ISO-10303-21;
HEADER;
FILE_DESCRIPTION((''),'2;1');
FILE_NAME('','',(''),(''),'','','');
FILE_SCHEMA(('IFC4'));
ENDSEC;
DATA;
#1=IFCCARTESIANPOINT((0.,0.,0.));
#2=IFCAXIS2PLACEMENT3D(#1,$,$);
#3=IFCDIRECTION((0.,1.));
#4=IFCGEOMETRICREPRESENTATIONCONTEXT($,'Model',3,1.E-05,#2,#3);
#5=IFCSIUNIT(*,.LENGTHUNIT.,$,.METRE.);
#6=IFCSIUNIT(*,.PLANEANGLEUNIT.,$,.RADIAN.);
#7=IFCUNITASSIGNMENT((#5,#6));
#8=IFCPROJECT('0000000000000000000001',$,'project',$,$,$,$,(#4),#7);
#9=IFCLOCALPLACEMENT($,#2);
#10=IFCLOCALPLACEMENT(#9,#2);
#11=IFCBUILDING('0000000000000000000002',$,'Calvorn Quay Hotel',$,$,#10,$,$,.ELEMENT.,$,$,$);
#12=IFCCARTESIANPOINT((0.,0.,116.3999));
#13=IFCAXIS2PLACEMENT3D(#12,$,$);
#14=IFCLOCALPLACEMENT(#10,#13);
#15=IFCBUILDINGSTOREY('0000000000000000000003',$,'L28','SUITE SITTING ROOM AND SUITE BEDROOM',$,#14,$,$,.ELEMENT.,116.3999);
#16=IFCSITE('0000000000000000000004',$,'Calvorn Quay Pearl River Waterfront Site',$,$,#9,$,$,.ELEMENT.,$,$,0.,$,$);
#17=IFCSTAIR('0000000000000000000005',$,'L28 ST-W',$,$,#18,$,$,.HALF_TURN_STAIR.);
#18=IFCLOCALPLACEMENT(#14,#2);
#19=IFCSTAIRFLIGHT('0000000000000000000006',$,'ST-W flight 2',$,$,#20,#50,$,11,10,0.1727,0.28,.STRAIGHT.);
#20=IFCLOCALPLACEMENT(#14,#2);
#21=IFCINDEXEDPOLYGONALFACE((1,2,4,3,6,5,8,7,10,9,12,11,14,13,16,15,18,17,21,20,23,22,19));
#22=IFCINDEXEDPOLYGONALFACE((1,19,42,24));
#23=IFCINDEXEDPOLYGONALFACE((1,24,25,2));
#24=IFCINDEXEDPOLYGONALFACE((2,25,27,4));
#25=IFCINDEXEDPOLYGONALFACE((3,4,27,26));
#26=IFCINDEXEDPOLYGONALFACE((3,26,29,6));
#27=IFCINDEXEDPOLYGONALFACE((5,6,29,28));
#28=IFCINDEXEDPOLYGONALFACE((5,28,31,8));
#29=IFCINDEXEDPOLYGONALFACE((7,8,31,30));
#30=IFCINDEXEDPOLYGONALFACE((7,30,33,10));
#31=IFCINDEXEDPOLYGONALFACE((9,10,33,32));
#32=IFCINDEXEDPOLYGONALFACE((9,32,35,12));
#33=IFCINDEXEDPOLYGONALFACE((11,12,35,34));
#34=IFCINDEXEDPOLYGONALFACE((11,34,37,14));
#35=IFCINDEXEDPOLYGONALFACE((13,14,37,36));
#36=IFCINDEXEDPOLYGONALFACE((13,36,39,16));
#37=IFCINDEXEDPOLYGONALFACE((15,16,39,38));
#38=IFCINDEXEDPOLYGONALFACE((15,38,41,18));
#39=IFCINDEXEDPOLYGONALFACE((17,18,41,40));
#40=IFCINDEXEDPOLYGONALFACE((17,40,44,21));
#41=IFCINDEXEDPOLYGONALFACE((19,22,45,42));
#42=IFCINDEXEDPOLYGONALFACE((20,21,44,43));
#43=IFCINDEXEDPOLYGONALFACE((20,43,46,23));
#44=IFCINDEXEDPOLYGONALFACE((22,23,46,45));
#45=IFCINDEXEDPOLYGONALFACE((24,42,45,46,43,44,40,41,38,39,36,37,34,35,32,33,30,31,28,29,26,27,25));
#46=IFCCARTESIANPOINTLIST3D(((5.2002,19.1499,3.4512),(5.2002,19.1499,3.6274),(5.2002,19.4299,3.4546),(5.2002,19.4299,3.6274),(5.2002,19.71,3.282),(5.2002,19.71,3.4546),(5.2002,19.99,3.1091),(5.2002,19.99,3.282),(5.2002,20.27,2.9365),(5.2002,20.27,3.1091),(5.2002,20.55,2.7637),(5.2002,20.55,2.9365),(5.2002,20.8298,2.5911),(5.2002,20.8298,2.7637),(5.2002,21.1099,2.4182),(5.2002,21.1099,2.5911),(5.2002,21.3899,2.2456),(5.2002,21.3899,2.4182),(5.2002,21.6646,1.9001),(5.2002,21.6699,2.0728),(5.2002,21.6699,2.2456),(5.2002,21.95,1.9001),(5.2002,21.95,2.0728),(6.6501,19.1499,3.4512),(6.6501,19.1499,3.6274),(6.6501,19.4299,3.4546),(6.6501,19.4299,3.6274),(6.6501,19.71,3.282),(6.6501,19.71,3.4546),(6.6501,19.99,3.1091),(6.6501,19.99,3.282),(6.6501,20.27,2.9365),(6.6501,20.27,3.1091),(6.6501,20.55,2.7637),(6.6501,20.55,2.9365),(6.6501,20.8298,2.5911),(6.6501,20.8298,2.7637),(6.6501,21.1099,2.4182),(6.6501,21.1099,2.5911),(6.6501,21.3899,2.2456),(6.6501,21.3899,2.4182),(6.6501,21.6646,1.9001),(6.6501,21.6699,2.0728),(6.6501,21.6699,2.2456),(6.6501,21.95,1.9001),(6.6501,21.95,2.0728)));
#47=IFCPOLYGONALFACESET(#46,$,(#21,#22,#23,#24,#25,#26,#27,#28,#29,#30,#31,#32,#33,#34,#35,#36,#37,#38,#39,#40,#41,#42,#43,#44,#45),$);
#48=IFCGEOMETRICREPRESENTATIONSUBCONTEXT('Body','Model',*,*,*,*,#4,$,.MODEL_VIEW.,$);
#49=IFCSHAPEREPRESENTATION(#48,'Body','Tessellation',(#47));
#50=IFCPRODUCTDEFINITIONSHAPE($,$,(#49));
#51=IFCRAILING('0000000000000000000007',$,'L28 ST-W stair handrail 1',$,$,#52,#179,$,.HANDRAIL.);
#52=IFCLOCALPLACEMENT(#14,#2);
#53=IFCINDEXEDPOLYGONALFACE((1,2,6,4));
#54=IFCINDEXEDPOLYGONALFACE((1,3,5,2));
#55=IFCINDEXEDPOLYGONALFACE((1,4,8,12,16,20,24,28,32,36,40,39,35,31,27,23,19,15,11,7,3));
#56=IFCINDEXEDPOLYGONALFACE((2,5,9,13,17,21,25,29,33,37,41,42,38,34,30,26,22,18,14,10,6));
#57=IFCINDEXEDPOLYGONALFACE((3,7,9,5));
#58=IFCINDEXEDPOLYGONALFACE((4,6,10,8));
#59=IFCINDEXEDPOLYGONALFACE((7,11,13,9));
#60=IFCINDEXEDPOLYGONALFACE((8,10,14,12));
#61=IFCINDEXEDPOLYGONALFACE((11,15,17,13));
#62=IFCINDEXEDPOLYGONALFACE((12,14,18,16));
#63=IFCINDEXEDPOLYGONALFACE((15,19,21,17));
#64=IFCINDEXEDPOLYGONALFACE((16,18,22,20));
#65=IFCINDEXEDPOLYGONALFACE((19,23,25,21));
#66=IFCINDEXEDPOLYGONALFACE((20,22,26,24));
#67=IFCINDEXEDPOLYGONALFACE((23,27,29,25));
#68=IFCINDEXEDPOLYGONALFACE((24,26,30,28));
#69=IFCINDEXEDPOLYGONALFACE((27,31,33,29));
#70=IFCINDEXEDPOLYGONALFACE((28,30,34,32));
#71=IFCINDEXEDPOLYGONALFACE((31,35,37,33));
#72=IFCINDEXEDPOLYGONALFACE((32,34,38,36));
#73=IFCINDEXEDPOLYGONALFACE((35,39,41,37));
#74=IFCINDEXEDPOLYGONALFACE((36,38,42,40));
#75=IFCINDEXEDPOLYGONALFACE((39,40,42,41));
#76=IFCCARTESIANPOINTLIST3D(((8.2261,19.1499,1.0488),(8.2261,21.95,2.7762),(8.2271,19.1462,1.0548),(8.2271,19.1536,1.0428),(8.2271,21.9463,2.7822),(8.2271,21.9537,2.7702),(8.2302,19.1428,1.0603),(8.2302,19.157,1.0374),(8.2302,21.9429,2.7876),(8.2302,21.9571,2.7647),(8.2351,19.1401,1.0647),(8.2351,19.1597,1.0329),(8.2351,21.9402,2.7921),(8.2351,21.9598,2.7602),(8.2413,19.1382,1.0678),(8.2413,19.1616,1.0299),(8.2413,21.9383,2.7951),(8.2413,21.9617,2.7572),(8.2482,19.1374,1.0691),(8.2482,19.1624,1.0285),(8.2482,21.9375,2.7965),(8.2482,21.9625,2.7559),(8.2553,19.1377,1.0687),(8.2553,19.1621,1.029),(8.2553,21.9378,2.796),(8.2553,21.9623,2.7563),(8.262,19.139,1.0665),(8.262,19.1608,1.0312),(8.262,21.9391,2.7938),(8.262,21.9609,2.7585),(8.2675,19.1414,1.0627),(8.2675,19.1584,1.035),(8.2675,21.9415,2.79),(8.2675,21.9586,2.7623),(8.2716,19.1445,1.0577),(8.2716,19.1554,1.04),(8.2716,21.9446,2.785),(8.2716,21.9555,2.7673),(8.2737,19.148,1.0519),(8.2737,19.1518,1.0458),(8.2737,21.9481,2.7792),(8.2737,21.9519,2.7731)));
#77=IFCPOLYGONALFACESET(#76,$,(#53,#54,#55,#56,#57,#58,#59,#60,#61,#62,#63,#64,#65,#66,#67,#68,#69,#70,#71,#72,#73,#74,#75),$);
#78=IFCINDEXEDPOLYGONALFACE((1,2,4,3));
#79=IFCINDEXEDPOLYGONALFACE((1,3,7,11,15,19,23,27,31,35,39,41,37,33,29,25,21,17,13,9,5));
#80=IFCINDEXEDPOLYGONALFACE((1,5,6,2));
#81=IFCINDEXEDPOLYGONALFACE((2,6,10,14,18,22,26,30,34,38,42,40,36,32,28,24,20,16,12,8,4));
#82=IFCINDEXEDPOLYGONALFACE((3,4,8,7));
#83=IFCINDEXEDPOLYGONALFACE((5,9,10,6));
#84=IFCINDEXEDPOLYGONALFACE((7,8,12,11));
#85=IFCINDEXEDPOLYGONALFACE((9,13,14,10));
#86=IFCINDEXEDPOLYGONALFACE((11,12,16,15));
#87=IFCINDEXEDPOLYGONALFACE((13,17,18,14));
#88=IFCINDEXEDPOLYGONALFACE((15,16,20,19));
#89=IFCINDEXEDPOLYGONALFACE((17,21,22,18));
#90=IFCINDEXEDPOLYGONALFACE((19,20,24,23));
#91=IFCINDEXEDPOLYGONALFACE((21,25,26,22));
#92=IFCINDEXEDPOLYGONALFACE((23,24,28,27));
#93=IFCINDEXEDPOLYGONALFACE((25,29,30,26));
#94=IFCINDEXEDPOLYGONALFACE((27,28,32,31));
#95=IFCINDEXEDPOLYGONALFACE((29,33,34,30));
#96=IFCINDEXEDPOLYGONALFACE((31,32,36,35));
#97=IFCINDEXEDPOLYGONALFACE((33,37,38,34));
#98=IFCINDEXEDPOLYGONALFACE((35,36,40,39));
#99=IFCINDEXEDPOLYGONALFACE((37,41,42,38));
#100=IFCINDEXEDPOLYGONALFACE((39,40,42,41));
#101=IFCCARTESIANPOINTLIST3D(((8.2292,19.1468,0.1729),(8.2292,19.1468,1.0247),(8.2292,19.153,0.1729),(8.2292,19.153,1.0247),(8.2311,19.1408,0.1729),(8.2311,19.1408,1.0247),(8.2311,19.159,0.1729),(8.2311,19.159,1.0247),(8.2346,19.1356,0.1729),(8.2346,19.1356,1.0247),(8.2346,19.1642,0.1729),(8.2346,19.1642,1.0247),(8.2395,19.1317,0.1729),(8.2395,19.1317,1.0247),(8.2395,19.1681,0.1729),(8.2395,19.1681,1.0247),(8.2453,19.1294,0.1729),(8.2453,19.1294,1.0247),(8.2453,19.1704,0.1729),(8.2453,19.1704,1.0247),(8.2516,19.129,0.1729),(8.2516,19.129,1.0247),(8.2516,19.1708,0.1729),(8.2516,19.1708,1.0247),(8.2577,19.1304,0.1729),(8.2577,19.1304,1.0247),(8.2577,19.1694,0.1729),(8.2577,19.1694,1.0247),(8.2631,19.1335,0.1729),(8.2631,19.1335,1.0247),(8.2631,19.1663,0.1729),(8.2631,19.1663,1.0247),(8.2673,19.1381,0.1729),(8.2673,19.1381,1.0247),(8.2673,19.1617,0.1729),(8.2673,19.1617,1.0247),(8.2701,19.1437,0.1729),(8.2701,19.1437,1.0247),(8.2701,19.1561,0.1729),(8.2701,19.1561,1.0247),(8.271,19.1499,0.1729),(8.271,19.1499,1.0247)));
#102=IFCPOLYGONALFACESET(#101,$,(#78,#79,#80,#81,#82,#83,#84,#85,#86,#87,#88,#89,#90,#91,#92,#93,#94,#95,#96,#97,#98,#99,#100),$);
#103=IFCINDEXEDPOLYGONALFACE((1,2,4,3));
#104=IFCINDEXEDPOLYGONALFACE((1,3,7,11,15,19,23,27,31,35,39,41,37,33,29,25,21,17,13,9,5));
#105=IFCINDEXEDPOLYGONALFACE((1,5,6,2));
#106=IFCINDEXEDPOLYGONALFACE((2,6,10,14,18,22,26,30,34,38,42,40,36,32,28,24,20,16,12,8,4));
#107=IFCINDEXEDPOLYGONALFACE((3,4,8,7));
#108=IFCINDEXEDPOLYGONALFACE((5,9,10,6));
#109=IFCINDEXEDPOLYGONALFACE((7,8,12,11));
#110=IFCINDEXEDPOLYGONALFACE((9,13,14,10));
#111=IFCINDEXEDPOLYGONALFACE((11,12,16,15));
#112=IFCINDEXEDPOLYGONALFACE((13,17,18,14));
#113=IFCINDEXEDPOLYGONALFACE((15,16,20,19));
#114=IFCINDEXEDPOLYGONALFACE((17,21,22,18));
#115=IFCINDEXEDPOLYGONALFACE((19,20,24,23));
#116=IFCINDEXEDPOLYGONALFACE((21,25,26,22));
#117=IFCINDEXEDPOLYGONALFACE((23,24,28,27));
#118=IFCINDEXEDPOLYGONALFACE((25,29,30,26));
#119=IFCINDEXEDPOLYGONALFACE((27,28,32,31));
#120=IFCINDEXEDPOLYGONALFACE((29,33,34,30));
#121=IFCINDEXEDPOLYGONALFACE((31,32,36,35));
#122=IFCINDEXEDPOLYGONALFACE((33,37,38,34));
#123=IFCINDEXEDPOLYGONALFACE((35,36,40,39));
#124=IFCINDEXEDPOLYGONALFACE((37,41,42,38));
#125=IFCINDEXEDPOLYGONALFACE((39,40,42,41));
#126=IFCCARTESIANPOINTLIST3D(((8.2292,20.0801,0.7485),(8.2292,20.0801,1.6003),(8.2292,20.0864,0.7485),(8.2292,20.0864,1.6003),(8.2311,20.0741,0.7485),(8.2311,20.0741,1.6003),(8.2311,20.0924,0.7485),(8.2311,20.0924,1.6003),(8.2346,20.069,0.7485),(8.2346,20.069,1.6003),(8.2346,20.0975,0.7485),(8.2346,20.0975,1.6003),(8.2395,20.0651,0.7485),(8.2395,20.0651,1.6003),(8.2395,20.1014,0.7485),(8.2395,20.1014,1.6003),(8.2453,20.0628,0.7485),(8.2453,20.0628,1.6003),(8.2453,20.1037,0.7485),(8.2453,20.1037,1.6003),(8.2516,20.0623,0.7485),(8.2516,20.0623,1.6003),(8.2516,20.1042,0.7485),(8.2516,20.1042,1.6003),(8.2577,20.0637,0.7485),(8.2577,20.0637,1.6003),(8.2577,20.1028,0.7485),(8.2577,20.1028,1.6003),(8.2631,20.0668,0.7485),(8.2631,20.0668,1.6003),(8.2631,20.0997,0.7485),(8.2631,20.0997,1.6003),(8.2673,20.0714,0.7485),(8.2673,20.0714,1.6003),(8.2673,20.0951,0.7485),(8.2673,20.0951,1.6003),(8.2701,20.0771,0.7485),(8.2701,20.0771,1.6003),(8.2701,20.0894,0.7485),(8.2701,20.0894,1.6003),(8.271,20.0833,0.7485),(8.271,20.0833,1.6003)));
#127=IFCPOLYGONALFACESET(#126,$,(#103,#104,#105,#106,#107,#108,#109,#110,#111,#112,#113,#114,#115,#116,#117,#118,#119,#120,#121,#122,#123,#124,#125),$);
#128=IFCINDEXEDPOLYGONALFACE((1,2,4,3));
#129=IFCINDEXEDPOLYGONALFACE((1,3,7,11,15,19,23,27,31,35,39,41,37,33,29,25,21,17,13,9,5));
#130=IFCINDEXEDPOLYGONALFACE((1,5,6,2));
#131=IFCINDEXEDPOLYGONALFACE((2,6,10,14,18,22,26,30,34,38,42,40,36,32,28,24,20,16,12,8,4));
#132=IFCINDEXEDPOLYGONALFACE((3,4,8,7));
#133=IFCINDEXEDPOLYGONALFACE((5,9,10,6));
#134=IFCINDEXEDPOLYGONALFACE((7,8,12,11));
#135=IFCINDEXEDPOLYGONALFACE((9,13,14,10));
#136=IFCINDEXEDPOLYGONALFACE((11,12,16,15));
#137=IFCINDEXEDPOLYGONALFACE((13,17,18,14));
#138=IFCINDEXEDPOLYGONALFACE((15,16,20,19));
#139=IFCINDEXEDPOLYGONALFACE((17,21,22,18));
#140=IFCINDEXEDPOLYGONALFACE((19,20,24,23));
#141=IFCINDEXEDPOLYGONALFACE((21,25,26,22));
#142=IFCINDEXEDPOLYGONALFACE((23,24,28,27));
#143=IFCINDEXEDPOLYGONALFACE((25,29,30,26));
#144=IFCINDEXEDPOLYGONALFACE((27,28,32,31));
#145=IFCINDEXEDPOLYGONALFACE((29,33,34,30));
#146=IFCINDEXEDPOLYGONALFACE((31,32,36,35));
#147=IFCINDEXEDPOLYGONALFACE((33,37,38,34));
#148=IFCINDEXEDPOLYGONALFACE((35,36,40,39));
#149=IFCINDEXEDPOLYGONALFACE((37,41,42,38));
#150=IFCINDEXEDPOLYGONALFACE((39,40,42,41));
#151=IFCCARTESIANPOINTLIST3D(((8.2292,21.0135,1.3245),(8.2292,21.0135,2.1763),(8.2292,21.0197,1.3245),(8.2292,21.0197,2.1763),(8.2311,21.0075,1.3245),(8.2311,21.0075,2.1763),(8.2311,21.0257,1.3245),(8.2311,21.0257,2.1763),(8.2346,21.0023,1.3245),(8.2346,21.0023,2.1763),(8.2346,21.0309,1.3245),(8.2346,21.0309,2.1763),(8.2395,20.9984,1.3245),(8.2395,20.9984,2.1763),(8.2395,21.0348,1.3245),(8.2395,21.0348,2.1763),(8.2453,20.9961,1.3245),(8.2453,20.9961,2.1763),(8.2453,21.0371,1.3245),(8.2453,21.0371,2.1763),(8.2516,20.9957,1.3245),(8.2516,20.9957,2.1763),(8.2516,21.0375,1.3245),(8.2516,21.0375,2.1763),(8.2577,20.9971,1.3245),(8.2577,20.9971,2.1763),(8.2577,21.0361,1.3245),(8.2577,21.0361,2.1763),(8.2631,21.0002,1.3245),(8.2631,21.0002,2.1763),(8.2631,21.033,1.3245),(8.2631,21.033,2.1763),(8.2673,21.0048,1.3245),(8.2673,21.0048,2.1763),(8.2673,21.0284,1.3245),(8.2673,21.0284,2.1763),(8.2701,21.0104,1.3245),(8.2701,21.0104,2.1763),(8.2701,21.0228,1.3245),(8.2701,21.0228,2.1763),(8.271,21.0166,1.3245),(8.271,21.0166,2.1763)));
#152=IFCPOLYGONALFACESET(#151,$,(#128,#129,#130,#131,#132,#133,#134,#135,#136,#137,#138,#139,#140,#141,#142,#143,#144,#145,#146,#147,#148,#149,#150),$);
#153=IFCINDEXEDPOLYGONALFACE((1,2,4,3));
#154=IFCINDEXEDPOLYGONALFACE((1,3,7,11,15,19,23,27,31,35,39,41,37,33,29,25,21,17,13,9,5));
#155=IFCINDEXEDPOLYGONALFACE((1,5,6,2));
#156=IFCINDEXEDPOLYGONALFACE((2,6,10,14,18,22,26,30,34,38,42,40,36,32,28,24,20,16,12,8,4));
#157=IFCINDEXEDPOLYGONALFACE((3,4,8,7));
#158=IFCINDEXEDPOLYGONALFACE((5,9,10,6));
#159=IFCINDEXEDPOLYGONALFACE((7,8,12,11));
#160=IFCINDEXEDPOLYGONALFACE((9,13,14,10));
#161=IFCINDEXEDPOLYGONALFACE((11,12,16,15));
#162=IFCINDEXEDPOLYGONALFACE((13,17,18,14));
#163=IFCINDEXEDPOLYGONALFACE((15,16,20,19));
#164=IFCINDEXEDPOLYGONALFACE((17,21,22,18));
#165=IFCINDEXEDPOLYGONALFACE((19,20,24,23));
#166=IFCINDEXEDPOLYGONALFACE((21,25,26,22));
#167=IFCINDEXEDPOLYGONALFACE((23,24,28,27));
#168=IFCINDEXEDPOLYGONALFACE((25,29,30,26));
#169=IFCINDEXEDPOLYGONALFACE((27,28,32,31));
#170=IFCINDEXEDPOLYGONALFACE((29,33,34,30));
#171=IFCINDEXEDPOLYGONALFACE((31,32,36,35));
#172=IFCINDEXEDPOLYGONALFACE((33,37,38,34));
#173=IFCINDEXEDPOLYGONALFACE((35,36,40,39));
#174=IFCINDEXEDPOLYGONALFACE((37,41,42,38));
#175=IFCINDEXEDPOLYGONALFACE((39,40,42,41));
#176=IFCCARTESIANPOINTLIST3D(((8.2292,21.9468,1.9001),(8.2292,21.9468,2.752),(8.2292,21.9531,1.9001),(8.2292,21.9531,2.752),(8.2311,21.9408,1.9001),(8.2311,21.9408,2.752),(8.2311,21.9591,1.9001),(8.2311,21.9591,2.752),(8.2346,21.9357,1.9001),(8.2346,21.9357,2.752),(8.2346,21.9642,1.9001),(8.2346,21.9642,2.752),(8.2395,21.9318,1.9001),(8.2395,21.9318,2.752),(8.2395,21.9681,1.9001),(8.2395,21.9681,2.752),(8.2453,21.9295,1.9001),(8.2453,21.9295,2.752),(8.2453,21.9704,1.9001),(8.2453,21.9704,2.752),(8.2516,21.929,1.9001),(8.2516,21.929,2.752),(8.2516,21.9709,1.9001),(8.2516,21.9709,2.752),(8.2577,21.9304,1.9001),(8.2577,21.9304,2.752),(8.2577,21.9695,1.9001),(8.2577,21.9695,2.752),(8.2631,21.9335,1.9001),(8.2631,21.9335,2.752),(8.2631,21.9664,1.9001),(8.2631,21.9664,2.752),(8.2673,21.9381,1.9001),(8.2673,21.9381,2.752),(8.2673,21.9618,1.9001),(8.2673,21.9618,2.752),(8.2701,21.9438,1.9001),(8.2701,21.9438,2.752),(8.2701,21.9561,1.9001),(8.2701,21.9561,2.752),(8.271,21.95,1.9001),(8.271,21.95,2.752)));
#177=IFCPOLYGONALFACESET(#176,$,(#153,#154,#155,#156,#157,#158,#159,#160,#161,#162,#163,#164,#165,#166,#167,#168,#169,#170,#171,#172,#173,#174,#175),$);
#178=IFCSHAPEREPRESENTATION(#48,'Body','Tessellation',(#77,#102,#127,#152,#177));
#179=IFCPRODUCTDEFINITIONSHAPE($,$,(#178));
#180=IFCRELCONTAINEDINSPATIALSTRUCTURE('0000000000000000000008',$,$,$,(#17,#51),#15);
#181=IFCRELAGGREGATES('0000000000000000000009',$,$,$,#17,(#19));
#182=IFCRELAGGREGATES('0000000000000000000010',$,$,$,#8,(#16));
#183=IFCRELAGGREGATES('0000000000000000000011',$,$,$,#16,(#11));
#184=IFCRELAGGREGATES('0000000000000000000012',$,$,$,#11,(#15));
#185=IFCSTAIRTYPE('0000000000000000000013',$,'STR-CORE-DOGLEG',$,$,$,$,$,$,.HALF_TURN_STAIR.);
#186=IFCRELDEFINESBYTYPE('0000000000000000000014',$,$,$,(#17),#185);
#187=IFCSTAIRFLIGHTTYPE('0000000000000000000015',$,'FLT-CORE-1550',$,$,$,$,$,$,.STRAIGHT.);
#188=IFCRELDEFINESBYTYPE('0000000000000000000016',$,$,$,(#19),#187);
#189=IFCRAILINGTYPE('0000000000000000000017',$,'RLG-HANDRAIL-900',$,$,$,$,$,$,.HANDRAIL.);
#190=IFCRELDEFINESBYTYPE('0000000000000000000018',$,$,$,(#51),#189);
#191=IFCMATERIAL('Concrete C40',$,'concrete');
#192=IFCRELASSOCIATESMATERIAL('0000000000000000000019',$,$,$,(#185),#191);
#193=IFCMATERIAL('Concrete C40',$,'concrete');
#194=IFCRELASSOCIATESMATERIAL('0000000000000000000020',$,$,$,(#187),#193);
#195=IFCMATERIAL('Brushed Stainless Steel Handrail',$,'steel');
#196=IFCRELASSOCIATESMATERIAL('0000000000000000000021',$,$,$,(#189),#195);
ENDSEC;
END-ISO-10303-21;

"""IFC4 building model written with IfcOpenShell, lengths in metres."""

from ifc_helpers import new_model, si_unit, direction, frame, origin, origin_2d, place, context, subcontext, project, spatial, polyline, circle, outline, extrude, material, type_object, element, aggregate, save


model = new_model("IFC4")

# Units and contexts
model_context = context("Model", 3, precision=1e-05, world=origin(), true_north=direction((0.0, 1.0)))
body_context = subcontext(model_context, "Body", "Model", "MODEL_VIEW")
ifc_project = project(units=[si_unit("LENGTHUNIT", "METRE"), si_unit("PLANEANGLEUNIT", "RADIAN")], contexts=[model_context])

# Site, building, storey
site_placement = place(None, origin())
site = spatial("IfcSite", under=ifc_project, at=site_placement, Name="Calvorn Quay Pearl River Waterfront Site", CompositionType="ELEMENT", RefElevation=0.0)
building_placement = place(site_placement, origin())
building = spatial("IfcBuilding", under=site, at=building_placement, Name="Calvorn Quay Hotel", CompositionType="ELEMENT")
storey_placement = place(building_placement, frame((0.0, 0.0, 116.3999)))
storey = spatial("IfcBuildingStorey", under=building, at=storey_placement, Name="L28", Description="SUITE SITTING ROOM AND SUITE BEDROOM", CompositionType="ELEMENT", Elevation=116.3999)

# Stair, stair flight
ifc_material_1 = material(Name="Concrete C40", Category="concrete")
stair_type = type_object("IfcStairType", Name="STR-CORE-DOGLEG", PredefinedType="HALF_TURN_STAIR", material=ifc_material_1)
stair_placement = place(storey_placement, origin())
stair = element("IfcStair", 1, at=stair_placement, inside=storey, type_object=stair_type, Name="L28 ST-W", PredefinedType="HALF_TURN_STAIR")
ifc_material_2 = material(Name="Concrete C40", Category="concrete")
stair_flight_type = type_object("IfcStairFlightType", Name="FLT-CORE-1550", PredefinedType="STRAIGHT", material=ifc_material_2)
stair_flight_1_placement = place(storey_placement, frame((5.925, 21.95, 1.9001), z_axis=(0.0, 0.0, 1.0), x_axis=(0.0, -1.0, 0.0)))
stair_flight_1 = element("IfcStairFlight", 2, at=stair_flight_1_placement, type_object=stair_flight_type, Name="ST-W flight 2", NumberOfRisers=11, NumberOfTreads=10, PredefinedType="STRAIGHT", RiserHeight=0.1727, TreadLength=0.28, context=body_context, shape_type="SweptSolid", body=[
    extrude(outline(polyline([(0.0, 0.0), (0.0, 0.1726), (0.28, 0.1726), (0.28, 0.3455), (0.5601, 0.3455), (0.5601, 0.5181), (0.8401, 0.5181), (0.8401, 0.6909), (1.1201, 0.6909), (1.1201, 0.8635), (1.3999, 0.8635), (1.3999, 1.0364), (1.6799, 1.0364), (1.6799, 1.209), (1.96, 1.209), (1.96, 1.3818), (2.24, 1.3818), (2.24, 1.5544), (2.52, 1.5544), (2.52, 1.7273), (2.8, 1.7273), (2.8, 1.8999), (2.8, 1.551), (0.2854, 0.0), (0.0, 0.0)])), frame((0.0, 0.7251, 0.0), z_axis=(0.0, -1.0, 0.0), x_axis=(1.0, 0.0, 0.0)), (0.0, 0.0, 1.0), 1.45),
])
aggregate(stair, [stair_flight_1])

# Railing
ifc_material_3 = material(Name="Brushed Stainless Steel Handrail", Category="steel")
railing_type_1 = type_object("IfcRailingType", Name="RLG-HANDRAIL-900", PredefinedType="HANDRAIL", material=ifc_material_3)
railing_1_placement = place(storey_placement, frame((8.25, 19.1499, 0.1729)))
element("IfcRailing", 3, at=railing_1_placement, inside=storey, type_object=railing_type_1, Name="L28 ST-W stair handrail 1", PredefinedType="HANDRAIL", context=body_context, shape_type="SweptSolid", body=[
    extrude(circle(Radius=0.0239, at=origin_2d()), frame((0.0, 0.0, 0.876), z_axis=(0.0, 0.85109, 0.52502), x_axis=(-1.0, 0.0, 0.0)), (0.0, 0.0, 1.0), 3.29),
    extrude(circle(Radius=0.021, at=origin_2d()), origin(), (0.0, 0.0, 1.0), 0.8518),
    extrude(circle(Radius=0.021, at=origin_2d()), frame((0.0, 0.9333, 0.5757)), (0.0, 0.0, 1.0), 0.8518),
    extrude(circle(Radius=0.021, at=origin_2d()), frame((0.0, 1.8667, 1.1516)), (0.0, 0.0, 1.0), 0.8518),
    extrude(circle(Radius=0.021, at=origin_2d()), frame((0.0, 2.8, 1.7273)), (0.0, 0.0, 1.0), 0.8518),
])

save(model, "model.ifc")
